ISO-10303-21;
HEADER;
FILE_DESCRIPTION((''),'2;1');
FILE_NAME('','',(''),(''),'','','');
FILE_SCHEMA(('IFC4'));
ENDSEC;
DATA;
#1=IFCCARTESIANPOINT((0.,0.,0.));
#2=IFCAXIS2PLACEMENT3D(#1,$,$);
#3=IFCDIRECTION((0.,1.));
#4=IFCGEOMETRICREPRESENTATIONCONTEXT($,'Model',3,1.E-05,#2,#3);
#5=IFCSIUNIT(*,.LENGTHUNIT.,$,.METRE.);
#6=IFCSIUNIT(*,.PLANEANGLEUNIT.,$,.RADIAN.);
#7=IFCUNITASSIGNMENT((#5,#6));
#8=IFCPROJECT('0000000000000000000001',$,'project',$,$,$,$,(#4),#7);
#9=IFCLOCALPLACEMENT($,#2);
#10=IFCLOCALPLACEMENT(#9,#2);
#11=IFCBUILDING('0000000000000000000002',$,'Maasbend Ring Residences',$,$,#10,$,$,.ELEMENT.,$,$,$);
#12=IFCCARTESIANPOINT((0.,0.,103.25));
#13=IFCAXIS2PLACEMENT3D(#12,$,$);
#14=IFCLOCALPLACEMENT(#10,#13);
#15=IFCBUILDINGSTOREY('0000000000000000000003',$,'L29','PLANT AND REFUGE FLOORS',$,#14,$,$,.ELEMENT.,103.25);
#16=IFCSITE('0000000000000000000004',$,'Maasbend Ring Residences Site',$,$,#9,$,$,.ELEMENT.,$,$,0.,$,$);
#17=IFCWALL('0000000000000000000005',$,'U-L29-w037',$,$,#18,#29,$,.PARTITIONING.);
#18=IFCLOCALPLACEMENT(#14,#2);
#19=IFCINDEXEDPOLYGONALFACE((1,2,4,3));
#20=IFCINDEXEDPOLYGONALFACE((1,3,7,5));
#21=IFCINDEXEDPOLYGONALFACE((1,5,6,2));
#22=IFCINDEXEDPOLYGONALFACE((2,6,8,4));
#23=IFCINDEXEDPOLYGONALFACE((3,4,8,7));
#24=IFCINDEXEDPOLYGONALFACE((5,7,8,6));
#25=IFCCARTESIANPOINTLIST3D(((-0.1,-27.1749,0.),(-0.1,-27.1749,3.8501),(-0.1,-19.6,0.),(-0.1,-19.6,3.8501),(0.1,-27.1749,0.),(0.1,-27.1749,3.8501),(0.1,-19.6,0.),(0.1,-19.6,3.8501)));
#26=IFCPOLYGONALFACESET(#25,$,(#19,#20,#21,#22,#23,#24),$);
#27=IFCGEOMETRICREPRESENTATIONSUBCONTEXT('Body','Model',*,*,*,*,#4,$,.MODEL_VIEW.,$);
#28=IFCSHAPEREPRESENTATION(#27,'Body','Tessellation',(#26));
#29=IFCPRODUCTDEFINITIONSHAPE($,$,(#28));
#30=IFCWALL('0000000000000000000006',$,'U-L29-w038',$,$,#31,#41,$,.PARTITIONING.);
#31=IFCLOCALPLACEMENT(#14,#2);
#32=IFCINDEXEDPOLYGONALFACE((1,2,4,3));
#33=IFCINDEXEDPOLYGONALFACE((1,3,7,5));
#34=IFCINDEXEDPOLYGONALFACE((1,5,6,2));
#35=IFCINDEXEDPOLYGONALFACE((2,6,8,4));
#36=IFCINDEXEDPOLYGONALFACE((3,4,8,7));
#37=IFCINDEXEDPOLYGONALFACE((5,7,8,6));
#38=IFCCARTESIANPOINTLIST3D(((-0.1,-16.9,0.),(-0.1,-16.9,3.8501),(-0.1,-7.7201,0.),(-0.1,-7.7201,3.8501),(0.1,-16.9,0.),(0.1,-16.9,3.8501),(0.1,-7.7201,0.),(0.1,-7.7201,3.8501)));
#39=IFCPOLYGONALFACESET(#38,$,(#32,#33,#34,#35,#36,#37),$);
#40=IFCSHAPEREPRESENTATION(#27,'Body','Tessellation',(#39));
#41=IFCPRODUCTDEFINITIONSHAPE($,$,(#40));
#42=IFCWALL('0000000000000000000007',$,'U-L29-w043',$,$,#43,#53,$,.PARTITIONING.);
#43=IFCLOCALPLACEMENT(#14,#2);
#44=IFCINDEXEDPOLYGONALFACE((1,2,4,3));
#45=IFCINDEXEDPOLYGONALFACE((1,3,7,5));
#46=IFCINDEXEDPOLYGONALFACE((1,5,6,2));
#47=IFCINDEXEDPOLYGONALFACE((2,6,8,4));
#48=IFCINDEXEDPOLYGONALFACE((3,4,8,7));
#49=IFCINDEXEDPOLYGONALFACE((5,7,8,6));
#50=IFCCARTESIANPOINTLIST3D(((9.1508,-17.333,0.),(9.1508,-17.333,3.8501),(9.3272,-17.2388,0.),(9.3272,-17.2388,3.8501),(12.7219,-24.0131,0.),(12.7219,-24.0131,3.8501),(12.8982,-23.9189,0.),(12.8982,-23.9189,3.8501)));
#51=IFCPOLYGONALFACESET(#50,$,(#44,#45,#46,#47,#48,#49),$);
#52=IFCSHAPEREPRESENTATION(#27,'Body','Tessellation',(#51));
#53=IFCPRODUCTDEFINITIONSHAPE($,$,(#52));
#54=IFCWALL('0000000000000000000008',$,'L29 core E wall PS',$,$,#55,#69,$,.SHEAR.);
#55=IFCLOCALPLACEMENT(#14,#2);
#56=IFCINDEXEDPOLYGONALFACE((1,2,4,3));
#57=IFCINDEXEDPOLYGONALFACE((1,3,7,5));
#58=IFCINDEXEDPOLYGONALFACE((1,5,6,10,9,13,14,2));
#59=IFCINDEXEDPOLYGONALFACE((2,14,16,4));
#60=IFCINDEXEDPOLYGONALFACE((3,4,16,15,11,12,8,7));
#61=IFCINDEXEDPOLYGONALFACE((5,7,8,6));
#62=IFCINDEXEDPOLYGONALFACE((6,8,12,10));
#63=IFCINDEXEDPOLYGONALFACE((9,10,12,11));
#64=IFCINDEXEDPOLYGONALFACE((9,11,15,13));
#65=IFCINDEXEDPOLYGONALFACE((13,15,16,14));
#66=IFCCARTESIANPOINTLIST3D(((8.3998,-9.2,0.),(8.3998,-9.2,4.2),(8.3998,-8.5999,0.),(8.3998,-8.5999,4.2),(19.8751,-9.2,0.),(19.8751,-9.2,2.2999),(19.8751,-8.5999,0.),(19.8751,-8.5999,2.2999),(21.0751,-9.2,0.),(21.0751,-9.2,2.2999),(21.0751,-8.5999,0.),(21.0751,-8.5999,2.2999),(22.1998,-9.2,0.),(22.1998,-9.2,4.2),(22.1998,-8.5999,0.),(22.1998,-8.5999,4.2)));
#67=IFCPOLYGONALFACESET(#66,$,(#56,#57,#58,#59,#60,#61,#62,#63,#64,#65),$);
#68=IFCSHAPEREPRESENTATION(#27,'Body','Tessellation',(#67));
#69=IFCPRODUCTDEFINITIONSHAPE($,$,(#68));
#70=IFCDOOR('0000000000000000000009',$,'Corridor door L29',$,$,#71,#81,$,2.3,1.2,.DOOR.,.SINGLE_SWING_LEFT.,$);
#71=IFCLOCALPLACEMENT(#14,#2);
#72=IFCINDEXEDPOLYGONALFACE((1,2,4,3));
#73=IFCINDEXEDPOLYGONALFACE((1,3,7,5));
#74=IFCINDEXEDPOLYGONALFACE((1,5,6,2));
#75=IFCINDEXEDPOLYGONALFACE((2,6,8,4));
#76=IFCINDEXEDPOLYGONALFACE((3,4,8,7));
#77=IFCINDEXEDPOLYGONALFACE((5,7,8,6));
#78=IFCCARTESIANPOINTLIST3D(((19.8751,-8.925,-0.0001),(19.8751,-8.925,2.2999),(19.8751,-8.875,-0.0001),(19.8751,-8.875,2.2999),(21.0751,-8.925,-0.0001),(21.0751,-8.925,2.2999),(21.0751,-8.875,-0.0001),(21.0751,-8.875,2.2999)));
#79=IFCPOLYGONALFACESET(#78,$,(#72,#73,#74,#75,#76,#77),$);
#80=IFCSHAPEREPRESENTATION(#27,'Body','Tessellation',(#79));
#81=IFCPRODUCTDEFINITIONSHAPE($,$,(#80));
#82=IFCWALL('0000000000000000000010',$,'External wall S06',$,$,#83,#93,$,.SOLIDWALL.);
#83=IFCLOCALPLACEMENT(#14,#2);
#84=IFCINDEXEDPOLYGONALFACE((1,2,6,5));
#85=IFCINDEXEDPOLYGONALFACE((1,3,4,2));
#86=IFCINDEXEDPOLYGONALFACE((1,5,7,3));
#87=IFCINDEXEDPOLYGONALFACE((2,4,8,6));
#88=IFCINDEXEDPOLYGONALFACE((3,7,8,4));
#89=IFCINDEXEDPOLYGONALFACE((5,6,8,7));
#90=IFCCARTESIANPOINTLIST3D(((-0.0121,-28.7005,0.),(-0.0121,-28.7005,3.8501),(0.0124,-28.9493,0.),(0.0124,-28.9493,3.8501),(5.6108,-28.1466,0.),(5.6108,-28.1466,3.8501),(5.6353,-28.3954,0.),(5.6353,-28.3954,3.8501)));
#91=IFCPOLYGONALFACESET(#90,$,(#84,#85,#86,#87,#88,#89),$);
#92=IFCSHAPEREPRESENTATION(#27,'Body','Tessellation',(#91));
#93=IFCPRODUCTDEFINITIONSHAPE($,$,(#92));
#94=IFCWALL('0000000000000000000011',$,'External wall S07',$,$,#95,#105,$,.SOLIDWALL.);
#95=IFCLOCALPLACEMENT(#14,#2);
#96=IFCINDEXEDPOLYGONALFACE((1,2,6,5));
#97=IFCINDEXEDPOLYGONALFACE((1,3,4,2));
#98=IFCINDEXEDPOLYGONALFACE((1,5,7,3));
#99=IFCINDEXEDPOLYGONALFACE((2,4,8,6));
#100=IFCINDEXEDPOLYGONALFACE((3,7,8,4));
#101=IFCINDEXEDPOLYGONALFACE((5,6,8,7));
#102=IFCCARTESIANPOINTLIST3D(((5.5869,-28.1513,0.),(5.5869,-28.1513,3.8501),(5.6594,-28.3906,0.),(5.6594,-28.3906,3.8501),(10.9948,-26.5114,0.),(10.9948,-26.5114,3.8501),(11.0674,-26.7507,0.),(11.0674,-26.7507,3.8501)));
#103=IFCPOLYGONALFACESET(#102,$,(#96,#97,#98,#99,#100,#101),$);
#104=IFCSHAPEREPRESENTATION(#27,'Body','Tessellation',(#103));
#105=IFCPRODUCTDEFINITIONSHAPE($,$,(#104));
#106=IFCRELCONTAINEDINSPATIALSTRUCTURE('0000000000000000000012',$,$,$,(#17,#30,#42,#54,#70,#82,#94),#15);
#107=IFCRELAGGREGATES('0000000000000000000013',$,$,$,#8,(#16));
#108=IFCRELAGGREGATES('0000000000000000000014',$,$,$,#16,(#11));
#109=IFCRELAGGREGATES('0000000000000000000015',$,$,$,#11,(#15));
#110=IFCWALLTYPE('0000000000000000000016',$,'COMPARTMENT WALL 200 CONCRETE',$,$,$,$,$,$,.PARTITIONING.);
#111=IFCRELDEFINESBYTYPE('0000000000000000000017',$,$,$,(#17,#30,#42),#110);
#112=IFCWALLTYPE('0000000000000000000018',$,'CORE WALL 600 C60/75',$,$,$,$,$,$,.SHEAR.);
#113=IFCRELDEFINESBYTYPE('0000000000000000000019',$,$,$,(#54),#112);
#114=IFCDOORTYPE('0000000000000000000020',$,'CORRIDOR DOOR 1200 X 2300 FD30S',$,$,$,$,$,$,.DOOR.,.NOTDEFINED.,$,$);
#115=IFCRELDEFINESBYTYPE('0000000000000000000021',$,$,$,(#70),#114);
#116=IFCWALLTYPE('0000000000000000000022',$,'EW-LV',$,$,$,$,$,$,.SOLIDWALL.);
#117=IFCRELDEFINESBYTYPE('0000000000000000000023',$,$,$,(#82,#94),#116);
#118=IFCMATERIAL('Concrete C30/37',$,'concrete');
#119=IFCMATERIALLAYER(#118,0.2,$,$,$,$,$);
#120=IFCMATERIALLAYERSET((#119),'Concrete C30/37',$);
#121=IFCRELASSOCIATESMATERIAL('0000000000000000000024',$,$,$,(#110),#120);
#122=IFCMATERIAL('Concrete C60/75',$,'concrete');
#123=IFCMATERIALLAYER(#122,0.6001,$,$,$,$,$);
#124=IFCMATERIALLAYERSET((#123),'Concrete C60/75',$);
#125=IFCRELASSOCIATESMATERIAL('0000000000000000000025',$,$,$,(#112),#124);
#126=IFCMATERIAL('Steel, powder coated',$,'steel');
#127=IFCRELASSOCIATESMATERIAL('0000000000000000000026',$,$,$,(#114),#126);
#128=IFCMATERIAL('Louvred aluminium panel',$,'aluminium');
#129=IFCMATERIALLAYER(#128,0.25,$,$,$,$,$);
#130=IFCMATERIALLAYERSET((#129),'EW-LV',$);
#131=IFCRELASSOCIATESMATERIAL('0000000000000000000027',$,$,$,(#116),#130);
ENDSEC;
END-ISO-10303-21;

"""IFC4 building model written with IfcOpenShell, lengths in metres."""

from ifc_helpers import new_model, si_unit, direction, frame, frame_2d, origin, place, context, subcontext, project, spatial, rectangle, extrude, material, layer, layer_set, type_object, element, fill, save


model = new_model("IFC4")

# Units and contexts
model_context = context("Model", 3, precision=1e-05, world=origin(), true_north=direction((0.0, 1.0)))
body_context = subcontext(model_context, "Body", "Model", "MODEL_VIEW")
ifc_project = project(units=[si_unit("LENGTHUNIT", "METRE"), si_unit("PLANEANGLEUNIT", "RADIAN")], contexts=[model_context])

# Site, building, storey
site_placement = place(None, origin())
site = spatial("IfcSite", under=ifc_project, at=site_placement, Name="Maasbend Ring Residences Site", CompositionType="ELEMENT", RefElevation=0.0)
building_placement = place(site_placement, origin())
building = spatial("IfcBuilding", under=site, at=building_placement, Name="Maasbend Ring Residences", CompositionType="ELEMENT")
storey_placement = place(building_placement, frame((0.0, 0.0, 103.25)))
storey = spatial("IfcBuildingStorey", under=building, at=storey_placement, Name="L29", Description="PLANT AND REFUGE FLOORS", CompositionType="ELEMENT", Elevation=103.25)

# Shared definitions
ifc_material_1 = material(Name="Concrete C30/37", Category="concrete")
ifc_layer_1 = layer(ifc_material_1, 0.2)
ifc_layer_set_1 = layer_set([ifc_layer_1], Name="Concrete C30/37")
wall_type_1 = type_object("IfcWallType", Name="COMPARTMENT WALL 200 CONCRETE", PredefinedType="PARTITIONING", material=ifc_layer_set_1)

# Walls
wall_1_placement = place(storey_placement, frame((0.0, -27.175, 0.0), z_axis=(0.0, 0.0, 1.0), x_axis=(0.0, 1.0, 0.0)))
element("IfcWall", 1, at=wall_1_placement, inside=storey, type_object=wall_type_1, Name="U-L29-w037", PredefinedType="PARTITIONING", context=body_context, shape_type="SweptSolid", body=[
    extrude(rectangle(XDim=7.575, YDim=0.2, at=frame_2d((3.7876, 0.0))), origin(), (0.0, 0.0, 1.0), 3.8501),
])
wall_2_placement = place(storey_placement, frame((0.0, -16.8999, 0.0), z_axis=(0.0, 0.0, 1.0), x_axis=(0.0, 1.0, 0.0)))
element("IfcWall", 2, at=wall_2_placement, inside=storey, type_object=wall_type_1, Name="U-L29-w038", PredefinedType="PARTITIONING", context=body_context, shape_type="SweptSolid", body=[
    extrude(rectangle(XDim=9.1799, YDim=0.2, at=frame_2d((4.5898, 0.0))), origin(), (0.0, 0.0, 1.0), 3.8501),
])
wall_3_placement = place(storey_placement, frame((9.239, -17.2859, 0.0), z_axis=(0.0, 0.0, 1.0), x_axis=(0.47144, -0.881898, 0.0)))
element("IfcWall", 3, at=wall_3_placement, inside=storey, type_object=wall_type_1, Name="U-L29-w043", PredefinedType="PARTITIONING", context=body_context, shape_type="SweptSolid", body=[
    extrude(rectangle(XDim=7.5747, YDim=0.2, at=frame_2d((3.7874, 0.0))), origin(), (0.0, 0.0, 1.0), 3.8501),
])

# Wall, opening, door
ifc_material_2 = material(Name="Concrete C60/75", Category="concrete")
ifc_layer_2 = layer(ifc_material_2, 0.6001)
ifc_layer_set_2 = layer_set([ifc_layer_2], Name="Concrete C60/75")
wall_type_2 = type_object("IfcWallType", Name="CORE WALL 600 C60/75", PredefinedType="SHEAR", material=ifc_layer_set_2)
wall_4_placement = place(storey_placement, frame((8.3999, -8.8999, 0.0), z_axis=(0.0, 0.0, 1.0), x_axis=(1.0, 0.0, 0.0)))
wall_4 = element("IfcWall", 4, at=wall_4_placement, inside=storey, type_object=wall_type_2, Name="L29 core E wall PS", PredefinedType="SHEAR", context=body_context, shape_type="SweptSolid", body=[
    extrude(rectangle(XDim=13.8, YDim=0.6001, at=frame_2d((6.8999, 0.0))), origin(), (0.0, 0.0, 1.0), 4.2),
])
opening_1_placement = place(wall_4_placement, frame((11.4751, 0.0, 0.0)))
opening_1 = element("IfcOpeningElement", 5, at=opening_1_placement, cuts=wall_4, PredefinedType="OPENING", context=body_context, shape_type="SweptSolid", body=[
    extrude(rectangle(XDim=1.2, YDim=2.3, at=frame_2d((0.6001, 1.1499))), frame((0.0, 0.3101, 0.0), z_axis=(0.0, -1.0, 0.0), x_axis=(1.0, 0.0, 0.0)), (0.0, 0.0, 1.0), 0.6201),
])
ifc_material_3 = material(Name="Steel, powder coated", Category="steel")
door_type_1 = type_object("IfcDoorType", Name="CORRIDOR DOOR 1200 X 2300 FD30S", OperationType="NOTDEFINED", PredefinedType="DOOR", material=ifc_material_3)
door_1_placement = place(opening_1_placement, origin())
door_1 = element("IfcDoor", 6, at=door_1_placement, inside=storey, type_object=door_type_1, Name="Corridor door L29", OperationType="SINGLE_SWING_LEFT", OverallHeight=2.3, OverallWidth=1.2, PredefinedType="DOOR", context=body_context, shape_type="SweptSolid", body=[
    extrude(rectangle(XDim=1.2, YDim=2.3, at=frame_2d((0.6001, 1.1499))), frame((0.0, 0.0249, 0.0), z_axis=(0.0, -1.0, 0.0), x_axis=(1.0, 0.0, 0.0)), (0.0, 0.0, 1.0), 0.05),
])
fill(opening_1, door_1)

# Walls
ifc_material_4 = material(Name="Louvred aluminium panel", Category="aluminium")
ifc_layer_3 = layer(ifc_material_4, 0.25)
ifc_layer_set_3 = layer_set([ifc_layer_3], Name="EW-LV")
wall_type_3 = type_object("IfcWallType", Name="EW-LV", PredefinedType="SOLIDWALL", material=ifc_layer_set_3)
wall_5_placement = place(storey_placement, frame((0.0, -28.825, 0.0), z_axis=(0.0, 0.0, 1.0), x_axis=(0.995182, 0.098041, 0.0)))
element("IfcWall", 7, at=wall_5_placement, inside=storey, type_object=wall_type_3, Name="External wall S06", PredefinedType="SOLIDWALL", context=body_context, shape_type="SweptSolid", body=[
    extrude(rectangle(XDim=5.6501, YDim=0.25, at=frame_2d((2.8252, 0.0))), origin(), (0.0, 0.0, 1.0), 3.8501),
])
wall_6_placement = place(storey_placement, frame((5.623, -28.271, 0.0), z_axis=(0.0, 0.0, 1.0), x_axis=(0.95697, 0.290188, 0.0)))
element("IfcWall", 8, at=wall_6_placement, inside=storey, type_object=wall_type_3, Name="External wall S07", PredefinedType="SOLIDWALL", context=body_context, shape_type="SweptSolid", body=[
    extrude(rectangle(XDim=5.6511, YDim=0.25, at=frame_2d((2.8257, 0.0))), origin(), (0.0, 0.0, 1.0), 3.8501),
])

save(model, "model.ifc")
